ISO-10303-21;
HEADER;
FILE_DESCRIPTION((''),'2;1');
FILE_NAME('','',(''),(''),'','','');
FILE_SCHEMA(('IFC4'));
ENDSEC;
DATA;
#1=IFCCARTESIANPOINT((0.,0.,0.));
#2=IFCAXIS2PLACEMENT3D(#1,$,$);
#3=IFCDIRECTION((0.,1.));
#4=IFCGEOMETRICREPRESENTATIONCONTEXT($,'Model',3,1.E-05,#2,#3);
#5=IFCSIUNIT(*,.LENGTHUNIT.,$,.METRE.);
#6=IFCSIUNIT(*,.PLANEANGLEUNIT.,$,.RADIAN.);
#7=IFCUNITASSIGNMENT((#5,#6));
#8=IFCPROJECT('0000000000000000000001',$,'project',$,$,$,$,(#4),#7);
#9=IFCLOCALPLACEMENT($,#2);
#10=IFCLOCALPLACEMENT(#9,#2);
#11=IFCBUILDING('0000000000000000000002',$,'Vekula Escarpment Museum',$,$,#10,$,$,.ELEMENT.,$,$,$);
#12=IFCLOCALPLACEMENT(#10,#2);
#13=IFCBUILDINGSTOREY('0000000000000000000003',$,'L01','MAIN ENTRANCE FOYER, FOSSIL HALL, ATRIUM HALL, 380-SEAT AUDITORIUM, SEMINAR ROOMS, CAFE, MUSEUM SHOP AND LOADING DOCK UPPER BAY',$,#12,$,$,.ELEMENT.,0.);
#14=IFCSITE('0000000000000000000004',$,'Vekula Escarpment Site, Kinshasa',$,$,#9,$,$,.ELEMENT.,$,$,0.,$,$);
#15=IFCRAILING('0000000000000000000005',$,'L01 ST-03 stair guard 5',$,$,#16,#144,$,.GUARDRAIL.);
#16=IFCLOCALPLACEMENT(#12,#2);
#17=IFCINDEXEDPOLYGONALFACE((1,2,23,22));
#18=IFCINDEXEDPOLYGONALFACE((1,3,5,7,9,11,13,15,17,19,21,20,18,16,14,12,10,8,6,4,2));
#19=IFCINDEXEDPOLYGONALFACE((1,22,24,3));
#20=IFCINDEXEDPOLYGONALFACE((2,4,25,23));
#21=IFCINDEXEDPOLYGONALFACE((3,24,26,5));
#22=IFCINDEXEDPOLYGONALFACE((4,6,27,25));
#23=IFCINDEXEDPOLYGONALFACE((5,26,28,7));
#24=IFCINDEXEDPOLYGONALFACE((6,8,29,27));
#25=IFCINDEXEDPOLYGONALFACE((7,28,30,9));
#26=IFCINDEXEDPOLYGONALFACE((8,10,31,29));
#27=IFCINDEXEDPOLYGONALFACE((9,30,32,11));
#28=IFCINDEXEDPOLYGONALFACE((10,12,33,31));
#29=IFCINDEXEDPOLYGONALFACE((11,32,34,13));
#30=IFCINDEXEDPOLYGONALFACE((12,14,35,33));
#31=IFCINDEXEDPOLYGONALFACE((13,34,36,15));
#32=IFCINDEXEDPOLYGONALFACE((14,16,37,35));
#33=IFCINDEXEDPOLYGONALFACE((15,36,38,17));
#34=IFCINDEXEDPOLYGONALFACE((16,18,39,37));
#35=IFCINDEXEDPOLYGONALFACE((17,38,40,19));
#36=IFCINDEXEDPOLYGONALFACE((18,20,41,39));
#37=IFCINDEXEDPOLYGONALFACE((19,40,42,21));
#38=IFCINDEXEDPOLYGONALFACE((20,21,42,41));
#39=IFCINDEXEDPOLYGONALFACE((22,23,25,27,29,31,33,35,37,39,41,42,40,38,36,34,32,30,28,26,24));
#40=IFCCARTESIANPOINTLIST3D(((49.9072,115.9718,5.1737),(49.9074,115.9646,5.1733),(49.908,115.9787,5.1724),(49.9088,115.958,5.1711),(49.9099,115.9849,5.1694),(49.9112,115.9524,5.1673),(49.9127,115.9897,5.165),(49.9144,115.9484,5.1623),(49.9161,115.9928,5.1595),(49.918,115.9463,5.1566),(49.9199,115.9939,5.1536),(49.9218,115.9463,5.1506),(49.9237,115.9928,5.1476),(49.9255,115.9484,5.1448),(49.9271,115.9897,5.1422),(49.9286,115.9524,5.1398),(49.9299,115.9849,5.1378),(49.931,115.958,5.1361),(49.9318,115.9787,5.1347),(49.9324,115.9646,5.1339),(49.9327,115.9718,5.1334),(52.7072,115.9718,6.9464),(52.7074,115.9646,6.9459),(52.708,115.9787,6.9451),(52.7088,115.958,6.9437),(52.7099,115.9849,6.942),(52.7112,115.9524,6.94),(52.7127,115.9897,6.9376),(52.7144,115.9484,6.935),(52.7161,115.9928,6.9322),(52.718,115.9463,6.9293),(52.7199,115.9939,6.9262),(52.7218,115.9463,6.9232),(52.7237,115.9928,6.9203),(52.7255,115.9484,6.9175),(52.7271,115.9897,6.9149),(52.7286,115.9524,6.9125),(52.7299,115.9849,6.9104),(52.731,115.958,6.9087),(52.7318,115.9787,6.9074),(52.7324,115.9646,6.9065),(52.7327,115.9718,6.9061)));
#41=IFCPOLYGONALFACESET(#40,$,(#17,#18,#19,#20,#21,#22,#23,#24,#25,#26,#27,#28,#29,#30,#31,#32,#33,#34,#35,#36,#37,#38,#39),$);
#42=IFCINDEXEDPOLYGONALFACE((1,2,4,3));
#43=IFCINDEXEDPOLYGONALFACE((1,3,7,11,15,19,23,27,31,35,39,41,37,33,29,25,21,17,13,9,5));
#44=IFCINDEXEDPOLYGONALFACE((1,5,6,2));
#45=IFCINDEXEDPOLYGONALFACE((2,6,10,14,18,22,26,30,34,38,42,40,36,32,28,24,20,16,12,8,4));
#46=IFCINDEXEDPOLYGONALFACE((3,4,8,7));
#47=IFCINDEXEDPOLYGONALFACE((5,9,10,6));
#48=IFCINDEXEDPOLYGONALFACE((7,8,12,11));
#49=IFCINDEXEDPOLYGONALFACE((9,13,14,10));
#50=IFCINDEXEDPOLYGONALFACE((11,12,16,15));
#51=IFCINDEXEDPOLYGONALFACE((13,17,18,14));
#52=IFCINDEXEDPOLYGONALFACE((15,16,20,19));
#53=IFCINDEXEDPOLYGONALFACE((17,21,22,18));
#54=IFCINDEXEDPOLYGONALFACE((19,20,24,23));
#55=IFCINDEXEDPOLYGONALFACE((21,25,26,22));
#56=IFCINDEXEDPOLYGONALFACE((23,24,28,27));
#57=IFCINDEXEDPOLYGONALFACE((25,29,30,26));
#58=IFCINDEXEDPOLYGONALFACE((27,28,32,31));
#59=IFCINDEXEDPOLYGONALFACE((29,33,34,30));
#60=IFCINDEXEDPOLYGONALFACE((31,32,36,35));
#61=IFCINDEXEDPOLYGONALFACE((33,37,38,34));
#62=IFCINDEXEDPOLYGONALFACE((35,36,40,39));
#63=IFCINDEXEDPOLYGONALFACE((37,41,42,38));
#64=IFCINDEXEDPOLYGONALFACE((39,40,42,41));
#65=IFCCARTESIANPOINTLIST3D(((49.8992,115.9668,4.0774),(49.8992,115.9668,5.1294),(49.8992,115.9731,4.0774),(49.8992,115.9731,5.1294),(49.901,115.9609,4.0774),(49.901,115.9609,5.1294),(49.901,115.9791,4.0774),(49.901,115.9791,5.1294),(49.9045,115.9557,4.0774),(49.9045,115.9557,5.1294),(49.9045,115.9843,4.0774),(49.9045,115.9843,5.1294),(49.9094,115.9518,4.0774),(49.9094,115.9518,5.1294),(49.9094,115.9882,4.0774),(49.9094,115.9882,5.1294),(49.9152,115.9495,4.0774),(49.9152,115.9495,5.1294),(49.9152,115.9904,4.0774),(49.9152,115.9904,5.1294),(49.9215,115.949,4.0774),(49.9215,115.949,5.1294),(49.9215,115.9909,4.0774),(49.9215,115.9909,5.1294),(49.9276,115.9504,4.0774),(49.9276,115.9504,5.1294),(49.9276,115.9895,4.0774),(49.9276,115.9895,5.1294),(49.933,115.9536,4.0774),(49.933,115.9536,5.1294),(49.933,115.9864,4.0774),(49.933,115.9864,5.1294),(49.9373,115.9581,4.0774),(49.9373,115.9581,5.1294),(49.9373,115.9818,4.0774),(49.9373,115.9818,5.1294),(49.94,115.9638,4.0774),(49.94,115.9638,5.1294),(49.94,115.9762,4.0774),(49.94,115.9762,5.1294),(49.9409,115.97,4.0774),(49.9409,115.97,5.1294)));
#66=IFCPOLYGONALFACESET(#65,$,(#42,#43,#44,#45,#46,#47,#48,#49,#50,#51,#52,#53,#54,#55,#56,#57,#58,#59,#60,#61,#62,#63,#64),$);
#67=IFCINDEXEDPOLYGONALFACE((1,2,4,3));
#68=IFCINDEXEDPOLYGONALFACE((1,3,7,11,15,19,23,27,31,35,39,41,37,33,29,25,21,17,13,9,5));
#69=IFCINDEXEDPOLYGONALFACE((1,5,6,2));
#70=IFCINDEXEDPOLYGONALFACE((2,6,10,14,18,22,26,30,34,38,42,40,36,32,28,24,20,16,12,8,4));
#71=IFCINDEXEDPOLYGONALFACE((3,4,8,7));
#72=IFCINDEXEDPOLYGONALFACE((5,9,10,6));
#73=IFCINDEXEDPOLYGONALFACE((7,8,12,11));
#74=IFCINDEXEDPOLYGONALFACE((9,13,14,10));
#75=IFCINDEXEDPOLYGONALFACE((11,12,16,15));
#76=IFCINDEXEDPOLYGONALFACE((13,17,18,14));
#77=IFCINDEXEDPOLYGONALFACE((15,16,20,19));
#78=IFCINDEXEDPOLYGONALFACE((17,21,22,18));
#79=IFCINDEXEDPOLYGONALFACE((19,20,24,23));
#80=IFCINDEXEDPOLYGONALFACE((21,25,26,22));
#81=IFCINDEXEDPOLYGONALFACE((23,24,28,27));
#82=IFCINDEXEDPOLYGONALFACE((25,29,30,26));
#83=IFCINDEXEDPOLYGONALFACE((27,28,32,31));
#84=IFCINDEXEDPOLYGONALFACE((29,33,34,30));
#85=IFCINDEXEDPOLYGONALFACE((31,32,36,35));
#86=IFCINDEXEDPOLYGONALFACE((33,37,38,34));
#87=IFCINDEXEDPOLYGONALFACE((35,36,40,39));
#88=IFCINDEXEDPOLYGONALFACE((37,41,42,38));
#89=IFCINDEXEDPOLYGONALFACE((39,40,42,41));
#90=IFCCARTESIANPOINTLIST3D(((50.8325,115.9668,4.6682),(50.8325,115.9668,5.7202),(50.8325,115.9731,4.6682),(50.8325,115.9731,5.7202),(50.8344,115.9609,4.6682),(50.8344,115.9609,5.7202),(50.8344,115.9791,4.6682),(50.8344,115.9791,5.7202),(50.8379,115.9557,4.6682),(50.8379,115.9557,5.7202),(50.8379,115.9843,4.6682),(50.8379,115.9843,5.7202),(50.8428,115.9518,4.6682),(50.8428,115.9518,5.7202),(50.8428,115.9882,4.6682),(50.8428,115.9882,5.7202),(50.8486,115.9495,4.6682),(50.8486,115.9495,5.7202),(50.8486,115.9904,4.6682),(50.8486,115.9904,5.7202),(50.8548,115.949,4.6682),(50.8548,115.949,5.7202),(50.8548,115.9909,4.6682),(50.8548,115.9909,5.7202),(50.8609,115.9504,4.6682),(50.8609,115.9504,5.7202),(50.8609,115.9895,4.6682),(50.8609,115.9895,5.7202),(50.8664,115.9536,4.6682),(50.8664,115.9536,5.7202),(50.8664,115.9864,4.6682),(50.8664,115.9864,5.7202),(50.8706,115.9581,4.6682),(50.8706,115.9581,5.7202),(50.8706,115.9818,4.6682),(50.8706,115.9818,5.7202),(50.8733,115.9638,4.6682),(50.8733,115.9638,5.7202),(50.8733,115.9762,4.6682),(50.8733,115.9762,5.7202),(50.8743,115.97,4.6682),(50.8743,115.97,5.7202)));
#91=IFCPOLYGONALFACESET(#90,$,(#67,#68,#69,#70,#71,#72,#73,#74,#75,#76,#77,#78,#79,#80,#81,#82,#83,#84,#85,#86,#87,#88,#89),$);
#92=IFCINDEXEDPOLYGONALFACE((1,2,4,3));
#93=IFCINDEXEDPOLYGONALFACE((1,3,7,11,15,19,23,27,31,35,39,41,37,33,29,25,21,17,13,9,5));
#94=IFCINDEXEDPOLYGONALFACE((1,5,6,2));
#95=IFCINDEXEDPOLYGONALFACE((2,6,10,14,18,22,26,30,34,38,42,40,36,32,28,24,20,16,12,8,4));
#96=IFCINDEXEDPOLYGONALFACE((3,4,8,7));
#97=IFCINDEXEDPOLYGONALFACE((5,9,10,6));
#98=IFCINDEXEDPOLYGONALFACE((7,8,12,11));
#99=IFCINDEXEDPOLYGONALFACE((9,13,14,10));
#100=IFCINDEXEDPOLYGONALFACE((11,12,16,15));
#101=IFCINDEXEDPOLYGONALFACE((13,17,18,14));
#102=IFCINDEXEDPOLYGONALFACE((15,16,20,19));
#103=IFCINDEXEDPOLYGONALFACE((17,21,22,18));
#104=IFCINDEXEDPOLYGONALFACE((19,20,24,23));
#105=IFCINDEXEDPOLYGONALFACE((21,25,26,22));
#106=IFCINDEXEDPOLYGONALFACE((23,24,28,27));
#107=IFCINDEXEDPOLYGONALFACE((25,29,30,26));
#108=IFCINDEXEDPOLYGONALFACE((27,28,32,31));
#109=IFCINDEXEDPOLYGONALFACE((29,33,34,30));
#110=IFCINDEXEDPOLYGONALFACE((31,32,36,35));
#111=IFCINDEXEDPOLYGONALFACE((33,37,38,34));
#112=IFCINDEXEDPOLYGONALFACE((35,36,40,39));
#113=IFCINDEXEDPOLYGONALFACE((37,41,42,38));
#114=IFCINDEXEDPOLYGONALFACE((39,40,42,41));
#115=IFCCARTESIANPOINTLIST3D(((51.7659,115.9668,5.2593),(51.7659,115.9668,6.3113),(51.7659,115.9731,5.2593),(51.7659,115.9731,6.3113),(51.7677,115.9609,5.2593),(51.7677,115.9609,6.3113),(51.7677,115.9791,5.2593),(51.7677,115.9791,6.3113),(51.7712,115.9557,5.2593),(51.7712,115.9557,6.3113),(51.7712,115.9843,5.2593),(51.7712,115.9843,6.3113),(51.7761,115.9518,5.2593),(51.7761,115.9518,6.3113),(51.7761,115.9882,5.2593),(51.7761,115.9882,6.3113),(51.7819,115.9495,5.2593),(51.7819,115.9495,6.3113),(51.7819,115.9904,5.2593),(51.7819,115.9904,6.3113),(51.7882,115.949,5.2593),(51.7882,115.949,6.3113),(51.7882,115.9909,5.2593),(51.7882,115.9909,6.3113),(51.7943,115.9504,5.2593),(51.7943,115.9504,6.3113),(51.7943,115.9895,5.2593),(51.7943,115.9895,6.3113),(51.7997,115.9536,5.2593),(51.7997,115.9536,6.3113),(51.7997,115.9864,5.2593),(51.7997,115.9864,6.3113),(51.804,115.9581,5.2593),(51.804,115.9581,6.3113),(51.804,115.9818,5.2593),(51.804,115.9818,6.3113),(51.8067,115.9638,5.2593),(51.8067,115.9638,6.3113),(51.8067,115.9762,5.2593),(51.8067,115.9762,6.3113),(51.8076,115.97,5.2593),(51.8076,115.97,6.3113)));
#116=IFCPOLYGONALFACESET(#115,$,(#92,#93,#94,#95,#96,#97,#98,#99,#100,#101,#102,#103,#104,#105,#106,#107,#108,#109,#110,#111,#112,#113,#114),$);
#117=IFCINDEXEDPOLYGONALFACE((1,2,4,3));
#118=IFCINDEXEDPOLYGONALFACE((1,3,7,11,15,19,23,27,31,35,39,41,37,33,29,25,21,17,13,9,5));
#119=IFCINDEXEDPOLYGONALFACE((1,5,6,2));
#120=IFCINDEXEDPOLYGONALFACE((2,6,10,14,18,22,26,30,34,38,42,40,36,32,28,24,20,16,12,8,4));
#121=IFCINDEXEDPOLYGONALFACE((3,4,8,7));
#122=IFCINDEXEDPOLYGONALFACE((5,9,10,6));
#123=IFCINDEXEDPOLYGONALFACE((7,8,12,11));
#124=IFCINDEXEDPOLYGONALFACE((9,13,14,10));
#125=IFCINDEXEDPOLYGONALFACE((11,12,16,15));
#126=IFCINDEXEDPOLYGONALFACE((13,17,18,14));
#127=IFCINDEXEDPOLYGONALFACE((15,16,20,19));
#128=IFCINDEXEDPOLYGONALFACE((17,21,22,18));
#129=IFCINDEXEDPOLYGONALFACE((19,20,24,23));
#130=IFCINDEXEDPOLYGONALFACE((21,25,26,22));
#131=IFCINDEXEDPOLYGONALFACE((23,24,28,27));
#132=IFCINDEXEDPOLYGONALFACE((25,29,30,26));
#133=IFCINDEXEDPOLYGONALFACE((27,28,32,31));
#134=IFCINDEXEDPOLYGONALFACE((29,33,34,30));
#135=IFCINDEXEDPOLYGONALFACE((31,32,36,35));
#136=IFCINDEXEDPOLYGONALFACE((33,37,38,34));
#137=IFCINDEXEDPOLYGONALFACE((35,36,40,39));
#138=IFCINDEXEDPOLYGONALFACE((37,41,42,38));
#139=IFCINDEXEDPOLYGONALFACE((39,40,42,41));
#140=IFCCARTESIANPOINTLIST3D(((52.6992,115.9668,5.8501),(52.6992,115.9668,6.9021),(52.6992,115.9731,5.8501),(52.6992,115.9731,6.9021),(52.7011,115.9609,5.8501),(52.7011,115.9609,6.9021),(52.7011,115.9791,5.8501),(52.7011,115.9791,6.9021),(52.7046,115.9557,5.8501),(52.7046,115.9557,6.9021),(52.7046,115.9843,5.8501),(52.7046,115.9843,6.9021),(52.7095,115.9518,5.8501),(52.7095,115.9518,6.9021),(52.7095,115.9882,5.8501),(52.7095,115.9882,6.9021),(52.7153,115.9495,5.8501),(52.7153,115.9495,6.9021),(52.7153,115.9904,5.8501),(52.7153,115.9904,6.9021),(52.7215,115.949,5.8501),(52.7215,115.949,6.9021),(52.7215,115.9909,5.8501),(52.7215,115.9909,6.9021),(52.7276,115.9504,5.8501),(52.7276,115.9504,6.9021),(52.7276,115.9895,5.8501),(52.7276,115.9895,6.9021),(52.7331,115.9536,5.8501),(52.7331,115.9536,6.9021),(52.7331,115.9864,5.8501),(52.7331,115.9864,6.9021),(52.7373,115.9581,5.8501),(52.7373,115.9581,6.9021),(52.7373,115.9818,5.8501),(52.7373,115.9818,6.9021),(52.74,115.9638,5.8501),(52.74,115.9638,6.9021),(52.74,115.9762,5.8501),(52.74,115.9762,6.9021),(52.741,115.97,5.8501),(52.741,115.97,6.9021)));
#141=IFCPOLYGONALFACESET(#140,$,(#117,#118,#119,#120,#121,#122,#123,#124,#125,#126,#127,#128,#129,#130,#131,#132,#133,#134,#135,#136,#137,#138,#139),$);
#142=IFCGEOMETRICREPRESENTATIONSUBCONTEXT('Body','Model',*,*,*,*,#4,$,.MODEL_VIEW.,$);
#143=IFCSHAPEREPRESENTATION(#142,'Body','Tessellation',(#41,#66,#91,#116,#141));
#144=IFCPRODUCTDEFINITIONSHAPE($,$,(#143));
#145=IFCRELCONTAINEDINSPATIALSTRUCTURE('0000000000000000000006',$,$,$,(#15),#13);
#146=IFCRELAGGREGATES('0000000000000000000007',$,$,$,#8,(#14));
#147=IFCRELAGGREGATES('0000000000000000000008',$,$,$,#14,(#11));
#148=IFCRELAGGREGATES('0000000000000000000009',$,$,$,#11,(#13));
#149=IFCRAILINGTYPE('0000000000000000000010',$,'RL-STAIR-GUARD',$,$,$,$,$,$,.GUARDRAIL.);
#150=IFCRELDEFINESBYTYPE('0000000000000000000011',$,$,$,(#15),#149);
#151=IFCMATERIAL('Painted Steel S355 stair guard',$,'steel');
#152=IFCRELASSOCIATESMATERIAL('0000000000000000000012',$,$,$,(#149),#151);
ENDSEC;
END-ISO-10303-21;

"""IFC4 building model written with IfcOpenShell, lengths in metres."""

from ifc_helpers import new_model, si_unit, direction, frame, origin, origin_2d, place, context, subcontext, project, spatial, circle, extrude, material, type_object, element, save


model = new_model("IFC4")

# Units and contexts
model_context = context("Model", 3, precision=1e-05, world=origin(), true_north=direction((0.0, 1.0)))
body_context = subcontext(model_context, "Body", "Model", "MODEL_VIEW")
ifc_project = project(units=[si_unit("LENGTHUNIT", "METRE"), si_unit("PLANEANGLEUNIT", "RADIAN")], contexts=[model_context])

# Site, building, storey
site_placement = place(None, origin())
site = spatial("IfcSite", under=ifc_project, at=site_placement, Name="Vekula Escarpment Site, Kinshasa", CompositionType="ELEMENT", RefElevation=0.0)
building_placement = place(site_placement, origin())
building = spatial("IfcBuilding", under=site, at=building_placement, Name="Vekula Escarpment Museum", CompositionType="ELEMENT")
storey_placement = place(building_placement, origin())
storey = spatial("IfcBuildingStorey", under=building, at=storey_placement, Name="L01", Description="MAIN ENTRANCE FOYER, FOSSIL HALL, ATRIUM HALL, 380-SEAT AUDITORIUM, SEMINAR ROOMS, CAFE, MUSEUM SHOP AND LOADING DOCK UPPER BAY", CompositionType="ELEMENT", Elevation=0.0)

# Railing
ifc_material_1 = material(Name="Painted Steel S355 stair guard", Category="steel")
railing_type_1 = type_object("IfcRailingType", Name="RL-STAIR-GUARD", PredefinedType="GUARDRAIL", material=ifc_material_1)
railing_1_placement = place(storey_placement, frame((49.9199, 115.97, 4.0774)))
element("IfcRailing", 1, at=railing_1_placement, inside=storey, type_object=railing_type_1, Name="L01 ST-03 stair guard 5", PredefinedType="GUARDRAIL", context=body_context, shape_type="SweptSolid", body=[
    extrude(circle(Radius=0.0239, at=origin_2d()), frame((0.0, 0.0, 1.0762), z_axis=(0.844909, 0.0, 0.53491), x_axis=(0.0, 1.0, 0.0)), (0.0, 0.0, 1.0), 3.314),
    extrude(circle(Radius=0.021, at=origin_2d()), origin(), (0.0, 0.0, 1.0), 1.052),
    extrude(circle(Radius=0.021, at=origin_2d()), frame((0.9333, 0.0, 0.5908)), (0.0, 0.0, 1.0), 1.052),
    extrude(circle(Radius=0.021, at=origin_2d()), frame((1.8667, 0.0, 1.1819)), (0.0, 0.0, 1.0), 1.052),
    extrude(circle(Radius=0.021, at=origin_2d()), frame((2.8, 0.0, 1.7727)), (0.0, 0.0, 1.0), 1.052),
])

save(model, "model.ifc")
